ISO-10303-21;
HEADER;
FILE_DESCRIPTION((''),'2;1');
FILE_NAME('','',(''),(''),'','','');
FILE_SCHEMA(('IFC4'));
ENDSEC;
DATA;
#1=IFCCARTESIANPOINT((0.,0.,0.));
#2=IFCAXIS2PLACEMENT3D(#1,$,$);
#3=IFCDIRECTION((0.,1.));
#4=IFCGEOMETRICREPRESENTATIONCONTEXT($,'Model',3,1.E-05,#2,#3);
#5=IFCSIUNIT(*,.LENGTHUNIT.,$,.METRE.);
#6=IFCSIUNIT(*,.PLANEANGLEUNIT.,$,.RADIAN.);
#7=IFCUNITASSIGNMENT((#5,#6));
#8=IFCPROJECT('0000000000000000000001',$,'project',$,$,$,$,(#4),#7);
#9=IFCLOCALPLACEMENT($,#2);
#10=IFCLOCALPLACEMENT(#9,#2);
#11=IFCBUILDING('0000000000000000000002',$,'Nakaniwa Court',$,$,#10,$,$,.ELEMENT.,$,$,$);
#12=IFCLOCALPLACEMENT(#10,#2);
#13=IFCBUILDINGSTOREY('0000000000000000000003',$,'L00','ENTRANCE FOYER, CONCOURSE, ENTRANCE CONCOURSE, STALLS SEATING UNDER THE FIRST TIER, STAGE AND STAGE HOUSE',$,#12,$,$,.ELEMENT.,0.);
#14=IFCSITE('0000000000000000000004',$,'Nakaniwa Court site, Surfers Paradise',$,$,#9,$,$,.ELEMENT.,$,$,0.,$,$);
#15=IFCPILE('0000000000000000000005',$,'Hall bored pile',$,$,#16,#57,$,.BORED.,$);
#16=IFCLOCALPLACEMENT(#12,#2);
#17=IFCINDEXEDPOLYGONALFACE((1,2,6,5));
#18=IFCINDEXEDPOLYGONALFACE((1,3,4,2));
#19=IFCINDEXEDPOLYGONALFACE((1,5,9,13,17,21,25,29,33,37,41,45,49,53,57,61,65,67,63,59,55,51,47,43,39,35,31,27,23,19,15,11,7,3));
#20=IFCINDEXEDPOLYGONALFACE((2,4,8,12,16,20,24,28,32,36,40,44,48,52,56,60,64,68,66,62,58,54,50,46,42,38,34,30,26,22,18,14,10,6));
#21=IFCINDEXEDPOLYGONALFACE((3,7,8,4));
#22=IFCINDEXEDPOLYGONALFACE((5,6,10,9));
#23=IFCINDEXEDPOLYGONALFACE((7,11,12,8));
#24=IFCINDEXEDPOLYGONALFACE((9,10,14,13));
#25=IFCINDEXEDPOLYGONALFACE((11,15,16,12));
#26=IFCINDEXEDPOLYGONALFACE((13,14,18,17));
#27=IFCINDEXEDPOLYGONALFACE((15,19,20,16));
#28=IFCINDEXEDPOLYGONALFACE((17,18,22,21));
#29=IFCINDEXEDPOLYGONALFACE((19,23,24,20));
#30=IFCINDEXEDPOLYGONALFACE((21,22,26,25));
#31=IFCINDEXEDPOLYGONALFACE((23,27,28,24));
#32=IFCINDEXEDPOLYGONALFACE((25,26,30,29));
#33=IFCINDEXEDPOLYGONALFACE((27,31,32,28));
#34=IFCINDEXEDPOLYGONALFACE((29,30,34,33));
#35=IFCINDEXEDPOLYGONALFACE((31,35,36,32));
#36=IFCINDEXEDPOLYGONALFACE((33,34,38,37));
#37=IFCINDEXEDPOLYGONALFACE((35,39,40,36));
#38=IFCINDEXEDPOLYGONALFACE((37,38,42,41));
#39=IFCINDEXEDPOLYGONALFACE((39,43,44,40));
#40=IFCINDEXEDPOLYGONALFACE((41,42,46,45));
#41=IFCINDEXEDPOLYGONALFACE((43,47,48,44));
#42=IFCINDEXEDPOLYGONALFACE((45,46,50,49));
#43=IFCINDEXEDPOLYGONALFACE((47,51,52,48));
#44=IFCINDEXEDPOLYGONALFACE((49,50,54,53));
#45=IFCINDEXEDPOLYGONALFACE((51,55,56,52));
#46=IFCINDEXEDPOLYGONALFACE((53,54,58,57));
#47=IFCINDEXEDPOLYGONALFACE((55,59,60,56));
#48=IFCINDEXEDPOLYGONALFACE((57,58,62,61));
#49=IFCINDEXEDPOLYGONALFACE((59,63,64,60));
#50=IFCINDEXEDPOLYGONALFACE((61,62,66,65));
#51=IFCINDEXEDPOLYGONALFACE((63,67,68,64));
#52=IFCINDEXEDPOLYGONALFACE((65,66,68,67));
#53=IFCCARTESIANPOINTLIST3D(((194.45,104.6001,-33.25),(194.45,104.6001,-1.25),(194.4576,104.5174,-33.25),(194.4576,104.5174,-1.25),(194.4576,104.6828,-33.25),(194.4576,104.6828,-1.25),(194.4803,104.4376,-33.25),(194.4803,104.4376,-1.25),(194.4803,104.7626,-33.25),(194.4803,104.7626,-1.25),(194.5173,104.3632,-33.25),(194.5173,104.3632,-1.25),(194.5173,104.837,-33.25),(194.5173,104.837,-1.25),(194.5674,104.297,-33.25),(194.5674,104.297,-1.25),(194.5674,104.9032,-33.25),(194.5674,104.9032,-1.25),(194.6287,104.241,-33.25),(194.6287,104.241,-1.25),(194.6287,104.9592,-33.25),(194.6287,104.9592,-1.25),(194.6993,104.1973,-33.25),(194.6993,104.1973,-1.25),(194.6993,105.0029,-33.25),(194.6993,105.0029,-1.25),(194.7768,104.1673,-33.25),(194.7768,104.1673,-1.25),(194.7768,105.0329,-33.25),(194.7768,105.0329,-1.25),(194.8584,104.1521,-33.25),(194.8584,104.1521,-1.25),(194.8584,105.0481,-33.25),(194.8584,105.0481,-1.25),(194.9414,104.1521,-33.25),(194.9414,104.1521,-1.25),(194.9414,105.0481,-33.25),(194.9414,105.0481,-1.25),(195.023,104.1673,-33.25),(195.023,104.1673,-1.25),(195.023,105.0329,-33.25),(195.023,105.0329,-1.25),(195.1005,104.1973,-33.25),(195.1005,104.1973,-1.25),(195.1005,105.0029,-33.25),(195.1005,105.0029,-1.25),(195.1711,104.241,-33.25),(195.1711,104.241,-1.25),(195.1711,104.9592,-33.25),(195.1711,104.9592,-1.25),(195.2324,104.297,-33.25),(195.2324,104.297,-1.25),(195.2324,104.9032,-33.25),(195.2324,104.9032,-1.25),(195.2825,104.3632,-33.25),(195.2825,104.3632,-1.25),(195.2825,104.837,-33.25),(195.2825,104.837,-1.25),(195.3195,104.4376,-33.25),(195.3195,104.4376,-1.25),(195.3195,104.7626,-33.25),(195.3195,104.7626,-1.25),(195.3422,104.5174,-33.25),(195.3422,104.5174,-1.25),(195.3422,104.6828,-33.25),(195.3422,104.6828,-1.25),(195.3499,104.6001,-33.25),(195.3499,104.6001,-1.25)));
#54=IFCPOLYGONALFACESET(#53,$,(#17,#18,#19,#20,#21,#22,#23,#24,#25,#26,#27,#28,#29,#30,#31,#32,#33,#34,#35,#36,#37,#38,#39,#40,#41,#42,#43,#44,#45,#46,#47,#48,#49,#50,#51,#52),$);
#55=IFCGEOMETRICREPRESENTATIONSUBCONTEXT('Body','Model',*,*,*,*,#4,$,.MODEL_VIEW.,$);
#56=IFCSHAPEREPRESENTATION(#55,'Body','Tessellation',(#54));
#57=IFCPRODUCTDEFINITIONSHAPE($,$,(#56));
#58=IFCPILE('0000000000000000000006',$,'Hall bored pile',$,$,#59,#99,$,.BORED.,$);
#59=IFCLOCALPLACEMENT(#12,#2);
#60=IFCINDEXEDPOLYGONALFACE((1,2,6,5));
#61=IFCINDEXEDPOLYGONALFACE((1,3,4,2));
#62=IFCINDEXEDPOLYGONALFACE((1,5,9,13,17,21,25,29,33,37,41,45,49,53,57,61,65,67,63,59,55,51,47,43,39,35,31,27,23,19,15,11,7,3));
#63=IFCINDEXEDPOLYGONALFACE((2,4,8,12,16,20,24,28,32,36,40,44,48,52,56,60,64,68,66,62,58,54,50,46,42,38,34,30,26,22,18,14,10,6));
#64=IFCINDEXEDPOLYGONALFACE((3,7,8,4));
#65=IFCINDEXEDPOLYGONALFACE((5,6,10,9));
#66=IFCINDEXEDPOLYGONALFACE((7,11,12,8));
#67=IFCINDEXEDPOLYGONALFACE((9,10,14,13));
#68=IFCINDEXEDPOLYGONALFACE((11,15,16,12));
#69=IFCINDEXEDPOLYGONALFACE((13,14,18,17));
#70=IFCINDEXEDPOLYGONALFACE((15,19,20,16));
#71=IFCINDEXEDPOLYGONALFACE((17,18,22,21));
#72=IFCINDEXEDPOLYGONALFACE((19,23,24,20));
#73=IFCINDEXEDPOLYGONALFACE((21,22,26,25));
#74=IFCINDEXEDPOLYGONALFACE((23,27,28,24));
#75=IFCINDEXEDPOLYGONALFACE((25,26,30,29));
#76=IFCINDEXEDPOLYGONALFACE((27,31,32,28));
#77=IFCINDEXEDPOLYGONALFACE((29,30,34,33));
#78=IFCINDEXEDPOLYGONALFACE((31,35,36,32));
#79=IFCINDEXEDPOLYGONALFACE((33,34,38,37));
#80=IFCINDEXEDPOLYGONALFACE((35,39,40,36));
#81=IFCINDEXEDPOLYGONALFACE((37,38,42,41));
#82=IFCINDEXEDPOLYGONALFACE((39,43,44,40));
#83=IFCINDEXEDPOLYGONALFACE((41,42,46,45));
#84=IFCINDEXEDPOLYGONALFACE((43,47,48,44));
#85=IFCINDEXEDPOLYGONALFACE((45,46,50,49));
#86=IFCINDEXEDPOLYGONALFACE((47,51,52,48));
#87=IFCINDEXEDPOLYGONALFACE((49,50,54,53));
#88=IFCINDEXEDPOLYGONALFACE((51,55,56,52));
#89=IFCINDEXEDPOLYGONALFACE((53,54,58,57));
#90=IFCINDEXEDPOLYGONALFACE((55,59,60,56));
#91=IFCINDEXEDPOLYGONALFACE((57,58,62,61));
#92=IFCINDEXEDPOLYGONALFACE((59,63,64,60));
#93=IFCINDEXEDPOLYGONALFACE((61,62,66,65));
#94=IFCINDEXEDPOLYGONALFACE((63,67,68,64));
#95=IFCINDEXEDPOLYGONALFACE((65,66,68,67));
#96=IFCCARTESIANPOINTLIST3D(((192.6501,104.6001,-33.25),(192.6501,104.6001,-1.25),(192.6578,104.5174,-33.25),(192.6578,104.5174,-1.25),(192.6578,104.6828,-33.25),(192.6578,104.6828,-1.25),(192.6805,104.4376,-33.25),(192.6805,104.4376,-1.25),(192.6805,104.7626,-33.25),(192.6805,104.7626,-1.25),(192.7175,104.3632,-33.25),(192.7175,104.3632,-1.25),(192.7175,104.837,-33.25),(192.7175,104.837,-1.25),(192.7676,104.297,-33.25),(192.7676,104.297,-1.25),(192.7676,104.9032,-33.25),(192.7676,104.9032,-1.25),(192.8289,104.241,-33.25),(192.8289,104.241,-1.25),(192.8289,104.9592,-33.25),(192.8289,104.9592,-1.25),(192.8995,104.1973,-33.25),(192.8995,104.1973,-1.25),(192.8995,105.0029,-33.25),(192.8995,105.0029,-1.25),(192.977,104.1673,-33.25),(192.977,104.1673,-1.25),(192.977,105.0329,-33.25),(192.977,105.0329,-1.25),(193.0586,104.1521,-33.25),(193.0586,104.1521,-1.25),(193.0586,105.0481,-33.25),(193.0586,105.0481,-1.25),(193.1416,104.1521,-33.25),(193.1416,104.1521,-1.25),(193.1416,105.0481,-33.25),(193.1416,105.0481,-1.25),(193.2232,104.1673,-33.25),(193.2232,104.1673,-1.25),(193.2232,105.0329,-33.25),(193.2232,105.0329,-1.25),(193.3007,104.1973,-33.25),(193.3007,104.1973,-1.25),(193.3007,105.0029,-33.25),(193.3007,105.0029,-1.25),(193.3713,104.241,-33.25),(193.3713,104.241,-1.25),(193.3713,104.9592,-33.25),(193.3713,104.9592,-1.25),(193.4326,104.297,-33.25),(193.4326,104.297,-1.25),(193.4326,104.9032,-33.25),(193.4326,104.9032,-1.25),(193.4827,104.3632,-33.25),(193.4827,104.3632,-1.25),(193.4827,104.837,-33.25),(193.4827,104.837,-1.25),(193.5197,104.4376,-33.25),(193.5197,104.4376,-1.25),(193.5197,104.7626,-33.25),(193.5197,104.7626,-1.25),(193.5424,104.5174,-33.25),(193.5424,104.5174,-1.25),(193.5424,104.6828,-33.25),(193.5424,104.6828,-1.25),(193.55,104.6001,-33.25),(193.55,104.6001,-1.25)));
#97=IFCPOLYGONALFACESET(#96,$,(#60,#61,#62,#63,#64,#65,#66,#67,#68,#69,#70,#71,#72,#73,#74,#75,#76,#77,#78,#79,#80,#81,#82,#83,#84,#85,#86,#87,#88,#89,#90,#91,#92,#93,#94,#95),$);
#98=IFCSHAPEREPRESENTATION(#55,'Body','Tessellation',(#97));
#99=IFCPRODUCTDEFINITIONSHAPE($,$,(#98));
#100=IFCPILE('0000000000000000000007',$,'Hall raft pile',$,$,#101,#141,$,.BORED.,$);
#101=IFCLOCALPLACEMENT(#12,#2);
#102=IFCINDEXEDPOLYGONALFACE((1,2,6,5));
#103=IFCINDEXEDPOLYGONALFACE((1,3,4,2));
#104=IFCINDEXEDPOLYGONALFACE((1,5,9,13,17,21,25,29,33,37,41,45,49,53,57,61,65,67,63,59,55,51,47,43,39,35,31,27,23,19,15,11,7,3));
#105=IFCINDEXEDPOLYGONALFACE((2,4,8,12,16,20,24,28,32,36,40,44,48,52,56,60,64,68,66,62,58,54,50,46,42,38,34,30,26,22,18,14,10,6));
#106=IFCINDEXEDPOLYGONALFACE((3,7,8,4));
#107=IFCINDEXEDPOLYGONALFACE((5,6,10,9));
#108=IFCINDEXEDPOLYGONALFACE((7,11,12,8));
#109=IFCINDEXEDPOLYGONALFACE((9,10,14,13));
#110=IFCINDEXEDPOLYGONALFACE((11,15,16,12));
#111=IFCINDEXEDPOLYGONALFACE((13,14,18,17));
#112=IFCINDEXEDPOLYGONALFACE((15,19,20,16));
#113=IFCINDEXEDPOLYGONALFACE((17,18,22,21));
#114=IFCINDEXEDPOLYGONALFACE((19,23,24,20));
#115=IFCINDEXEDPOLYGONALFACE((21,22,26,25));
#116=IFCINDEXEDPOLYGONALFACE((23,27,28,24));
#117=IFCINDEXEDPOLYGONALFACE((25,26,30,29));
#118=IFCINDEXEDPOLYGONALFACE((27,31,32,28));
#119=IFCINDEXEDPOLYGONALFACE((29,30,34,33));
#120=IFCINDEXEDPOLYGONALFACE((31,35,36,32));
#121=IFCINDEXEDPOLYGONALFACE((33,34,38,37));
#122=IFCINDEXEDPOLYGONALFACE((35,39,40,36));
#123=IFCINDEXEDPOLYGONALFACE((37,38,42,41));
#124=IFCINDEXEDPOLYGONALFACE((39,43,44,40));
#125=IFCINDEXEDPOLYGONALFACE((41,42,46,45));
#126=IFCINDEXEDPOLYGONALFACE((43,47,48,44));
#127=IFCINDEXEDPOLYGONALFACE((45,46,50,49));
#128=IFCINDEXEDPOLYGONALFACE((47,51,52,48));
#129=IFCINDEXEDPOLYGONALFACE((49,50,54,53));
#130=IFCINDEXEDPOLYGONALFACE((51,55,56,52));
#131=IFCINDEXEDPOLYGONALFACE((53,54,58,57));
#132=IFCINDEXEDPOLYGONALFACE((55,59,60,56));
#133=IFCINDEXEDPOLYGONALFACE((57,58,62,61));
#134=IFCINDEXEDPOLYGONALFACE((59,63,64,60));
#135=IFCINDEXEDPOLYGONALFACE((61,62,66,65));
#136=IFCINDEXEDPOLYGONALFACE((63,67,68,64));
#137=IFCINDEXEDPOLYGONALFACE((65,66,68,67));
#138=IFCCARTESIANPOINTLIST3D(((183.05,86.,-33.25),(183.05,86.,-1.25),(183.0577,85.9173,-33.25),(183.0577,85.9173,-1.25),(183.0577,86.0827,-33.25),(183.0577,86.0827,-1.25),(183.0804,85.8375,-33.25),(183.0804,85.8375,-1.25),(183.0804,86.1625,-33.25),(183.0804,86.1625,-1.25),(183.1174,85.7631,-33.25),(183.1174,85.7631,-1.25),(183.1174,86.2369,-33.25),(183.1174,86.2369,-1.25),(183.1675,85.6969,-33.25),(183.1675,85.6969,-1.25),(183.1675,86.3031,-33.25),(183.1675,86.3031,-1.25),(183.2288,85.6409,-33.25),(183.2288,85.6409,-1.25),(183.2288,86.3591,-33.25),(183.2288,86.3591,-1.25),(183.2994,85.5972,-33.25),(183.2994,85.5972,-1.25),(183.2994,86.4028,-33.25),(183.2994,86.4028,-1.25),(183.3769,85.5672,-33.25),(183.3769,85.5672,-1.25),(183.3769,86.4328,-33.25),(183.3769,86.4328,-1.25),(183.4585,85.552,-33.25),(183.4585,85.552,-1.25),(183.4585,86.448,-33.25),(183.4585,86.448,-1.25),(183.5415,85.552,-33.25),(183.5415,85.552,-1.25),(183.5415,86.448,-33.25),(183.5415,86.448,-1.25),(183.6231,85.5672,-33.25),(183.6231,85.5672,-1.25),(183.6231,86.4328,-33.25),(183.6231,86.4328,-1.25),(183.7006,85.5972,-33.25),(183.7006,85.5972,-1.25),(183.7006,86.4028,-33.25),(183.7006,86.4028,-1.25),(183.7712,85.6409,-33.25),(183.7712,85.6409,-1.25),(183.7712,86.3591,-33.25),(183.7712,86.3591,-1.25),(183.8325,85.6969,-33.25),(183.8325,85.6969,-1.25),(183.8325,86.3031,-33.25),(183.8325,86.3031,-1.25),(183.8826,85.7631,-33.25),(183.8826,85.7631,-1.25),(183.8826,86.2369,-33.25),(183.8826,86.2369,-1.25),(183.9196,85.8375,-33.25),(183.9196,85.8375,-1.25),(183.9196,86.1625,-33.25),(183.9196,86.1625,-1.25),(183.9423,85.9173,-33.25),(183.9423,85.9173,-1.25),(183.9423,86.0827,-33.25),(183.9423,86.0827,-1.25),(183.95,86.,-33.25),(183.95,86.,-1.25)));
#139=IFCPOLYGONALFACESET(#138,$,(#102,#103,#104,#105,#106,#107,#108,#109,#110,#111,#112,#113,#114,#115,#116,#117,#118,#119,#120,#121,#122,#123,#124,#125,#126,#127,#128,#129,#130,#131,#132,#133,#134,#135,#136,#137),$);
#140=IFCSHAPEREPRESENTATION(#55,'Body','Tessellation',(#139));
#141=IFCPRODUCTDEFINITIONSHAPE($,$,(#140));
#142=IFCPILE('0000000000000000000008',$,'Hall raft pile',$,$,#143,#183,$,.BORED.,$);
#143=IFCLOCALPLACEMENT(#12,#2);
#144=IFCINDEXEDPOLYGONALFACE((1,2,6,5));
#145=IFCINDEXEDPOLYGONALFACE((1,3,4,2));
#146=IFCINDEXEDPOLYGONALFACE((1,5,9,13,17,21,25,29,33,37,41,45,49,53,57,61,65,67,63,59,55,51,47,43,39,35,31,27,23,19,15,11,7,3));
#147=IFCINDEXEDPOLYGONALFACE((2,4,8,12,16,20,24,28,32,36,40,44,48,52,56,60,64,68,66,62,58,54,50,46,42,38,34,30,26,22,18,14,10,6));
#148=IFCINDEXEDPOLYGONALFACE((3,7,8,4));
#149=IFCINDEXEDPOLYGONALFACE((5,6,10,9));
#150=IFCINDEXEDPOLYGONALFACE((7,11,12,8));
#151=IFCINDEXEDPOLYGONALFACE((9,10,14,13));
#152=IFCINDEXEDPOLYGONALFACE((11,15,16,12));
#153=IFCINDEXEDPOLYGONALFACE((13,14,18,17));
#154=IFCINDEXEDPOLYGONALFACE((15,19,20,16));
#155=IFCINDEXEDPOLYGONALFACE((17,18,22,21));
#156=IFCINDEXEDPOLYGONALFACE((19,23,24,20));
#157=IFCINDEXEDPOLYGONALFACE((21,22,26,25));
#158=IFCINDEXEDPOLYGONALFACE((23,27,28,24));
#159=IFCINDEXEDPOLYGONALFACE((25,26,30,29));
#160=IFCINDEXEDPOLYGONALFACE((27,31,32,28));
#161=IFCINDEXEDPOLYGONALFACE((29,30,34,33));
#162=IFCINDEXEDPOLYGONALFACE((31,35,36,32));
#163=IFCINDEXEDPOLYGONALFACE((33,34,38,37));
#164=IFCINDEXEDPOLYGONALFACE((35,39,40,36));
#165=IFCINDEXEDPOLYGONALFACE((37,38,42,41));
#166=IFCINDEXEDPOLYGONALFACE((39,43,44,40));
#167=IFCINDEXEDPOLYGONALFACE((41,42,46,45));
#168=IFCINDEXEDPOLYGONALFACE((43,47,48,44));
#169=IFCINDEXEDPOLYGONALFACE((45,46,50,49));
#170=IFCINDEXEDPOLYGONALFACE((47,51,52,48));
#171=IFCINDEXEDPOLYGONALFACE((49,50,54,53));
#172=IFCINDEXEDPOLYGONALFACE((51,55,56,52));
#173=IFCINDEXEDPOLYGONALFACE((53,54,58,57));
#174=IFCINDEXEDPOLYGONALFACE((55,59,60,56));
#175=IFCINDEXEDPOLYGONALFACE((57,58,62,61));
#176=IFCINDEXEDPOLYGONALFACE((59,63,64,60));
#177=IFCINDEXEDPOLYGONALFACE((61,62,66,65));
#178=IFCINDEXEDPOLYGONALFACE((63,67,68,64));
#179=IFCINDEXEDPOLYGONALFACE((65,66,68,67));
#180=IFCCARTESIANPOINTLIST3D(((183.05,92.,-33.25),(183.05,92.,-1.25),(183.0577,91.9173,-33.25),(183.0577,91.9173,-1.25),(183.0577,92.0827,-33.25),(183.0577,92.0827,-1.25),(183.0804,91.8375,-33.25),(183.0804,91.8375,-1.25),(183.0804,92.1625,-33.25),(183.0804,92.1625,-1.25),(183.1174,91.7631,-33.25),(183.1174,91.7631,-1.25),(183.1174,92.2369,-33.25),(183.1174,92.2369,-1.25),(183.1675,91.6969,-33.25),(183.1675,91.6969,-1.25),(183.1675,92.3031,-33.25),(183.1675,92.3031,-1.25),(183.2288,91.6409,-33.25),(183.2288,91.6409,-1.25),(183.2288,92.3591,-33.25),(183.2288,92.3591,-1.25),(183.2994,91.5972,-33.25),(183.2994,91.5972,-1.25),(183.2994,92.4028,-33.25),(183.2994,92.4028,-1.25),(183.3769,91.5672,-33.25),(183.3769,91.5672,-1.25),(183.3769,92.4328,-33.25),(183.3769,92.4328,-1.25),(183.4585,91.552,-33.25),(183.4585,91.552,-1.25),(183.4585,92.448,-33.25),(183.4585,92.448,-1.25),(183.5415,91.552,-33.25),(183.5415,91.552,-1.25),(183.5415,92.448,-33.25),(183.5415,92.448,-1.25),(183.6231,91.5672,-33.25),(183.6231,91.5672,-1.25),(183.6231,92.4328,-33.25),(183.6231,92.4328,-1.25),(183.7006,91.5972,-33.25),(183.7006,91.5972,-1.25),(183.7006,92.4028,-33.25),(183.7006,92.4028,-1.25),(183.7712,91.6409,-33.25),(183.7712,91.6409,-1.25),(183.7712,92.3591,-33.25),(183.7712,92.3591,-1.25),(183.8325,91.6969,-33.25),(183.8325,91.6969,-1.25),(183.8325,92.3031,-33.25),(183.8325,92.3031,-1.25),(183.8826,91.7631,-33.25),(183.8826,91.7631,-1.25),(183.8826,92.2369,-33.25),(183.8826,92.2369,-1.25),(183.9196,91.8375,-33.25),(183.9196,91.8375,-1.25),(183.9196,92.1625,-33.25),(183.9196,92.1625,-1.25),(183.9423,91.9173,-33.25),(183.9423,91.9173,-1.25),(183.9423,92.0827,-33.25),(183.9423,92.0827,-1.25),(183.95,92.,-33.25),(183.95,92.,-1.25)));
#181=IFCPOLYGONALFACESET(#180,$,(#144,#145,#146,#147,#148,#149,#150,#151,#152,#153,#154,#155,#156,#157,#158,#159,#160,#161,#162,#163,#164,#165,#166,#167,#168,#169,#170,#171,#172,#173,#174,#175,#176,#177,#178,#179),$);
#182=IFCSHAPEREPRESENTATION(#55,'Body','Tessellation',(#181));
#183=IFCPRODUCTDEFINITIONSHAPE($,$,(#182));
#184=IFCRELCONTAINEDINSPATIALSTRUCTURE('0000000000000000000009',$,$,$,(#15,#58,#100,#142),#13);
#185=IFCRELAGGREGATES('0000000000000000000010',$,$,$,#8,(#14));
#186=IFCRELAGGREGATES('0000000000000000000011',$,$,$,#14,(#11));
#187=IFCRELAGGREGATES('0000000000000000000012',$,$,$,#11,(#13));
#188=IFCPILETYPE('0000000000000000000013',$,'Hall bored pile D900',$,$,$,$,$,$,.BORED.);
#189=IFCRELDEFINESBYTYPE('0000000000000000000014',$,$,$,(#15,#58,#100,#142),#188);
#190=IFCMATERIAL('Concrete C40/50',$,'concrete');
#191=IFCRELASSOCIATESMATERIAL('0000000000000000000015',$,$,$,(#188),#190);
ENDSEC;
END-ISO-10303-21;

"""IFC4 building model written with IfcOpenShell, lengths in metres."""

from ifc_helpers import new_model, si_unit, direction, frame, origin, origin_2d, place, context, subcontext, project, spatial, circle, extrude, material, material_profile, profile_set, type_object, element, save


model = new_model("IFC4")

# Units and contexts
model_context = context("Model", 3, precision=1e-05, world=origin(), true_north=direction((0.0, 1.0)))
body_context = subcontext(model_context, "Body", "Model", "MODEL_VIEW")
ifc_project = project(units=[si_unit("LENGTHUNIT", "METRE"), si_unit("PLANEANGLEUNIT", "RADIAN")], contexts=[model_context])

# Site, building, storey
site_placement = place(None, origin())
site = spatial("IfcSite", under=ifc_project, at=site_placement, Name="Nakaniwa Court site, Surfers Paradise", CompositionType="ELEMENT", RefElevation=0.0)
building_placement = place(site_placement, origin())
building = spatial("IfcBuilding", under=site, at=building_placement, Name="Nakaniwa Court", CompositionType="ELEMENT")
storey_placement = place(building_placement, origin())
storey = spatial("IfcBuildingStorey", under=building, at=storey_placement, Name="L00", Description="ENTRANCE FOYER, CONCOURSE, ENTRANCE CONCOURSE, STALLS SEATING UNDER THE FIRST TIER, STAGE AND STAGE HOUSE", CompositionType="ELEMENT", Elevation=0.0)

# Piles
ifc_material_1 = material(Name="Concrete C40/50", Category="concrete")
ifc_material_profile_1 = material_profile(ifc_material_1, circle(Radius=0.45, at=origin_2d()), Name="Bored pile D900")
ifc_profile_set_1 = profile_set([ifc_material_profile_1], Name="Concrete C40/50")
pile_type = type_object("IfcPileType", Name="Hall bored pile D900", PredefinedType="BORED", material=ifc_profile_set_1)
for number, where, z_axis, x_axis, name in (
    (1, (194.8999, 104.6001, -1.25), (0.0, 0.0, -1.0), (1.0, 0.0, 0.0), "Hall bored pile"),
    (2, (193.1001, 104.6001, -1.25), (0.0, 0.0, -1.0), (1.0, 0.0, 0.0), "Hall bored pile"),
    (3, (183.5, 86.0, -1.25), (0.0, 0.0, -1.0), (1.0, 0.0, 0.0), "Hall raft pile"),
    (4, (183.5, 92.0, -1.25), (0.0, 0.0, -1.0), (1.0, 0.0, 0.0), "Hall raft pile"),
):
    element("IfcPile", number, at=place(storey_placement, frame(where, z_axis=z_axis, x_axis=x_axis)), inside=storey, type_object=pile_type, Name=name, PredefinedType="BORED", context=body_context, shape_type="SweptSolid", body=[
        extrude(circle(Radius=0.45, at=origin_2d()), origin(), (0.0, 0.0, 1.0), 32.0),
    ])

save(model, "model.ifc")
